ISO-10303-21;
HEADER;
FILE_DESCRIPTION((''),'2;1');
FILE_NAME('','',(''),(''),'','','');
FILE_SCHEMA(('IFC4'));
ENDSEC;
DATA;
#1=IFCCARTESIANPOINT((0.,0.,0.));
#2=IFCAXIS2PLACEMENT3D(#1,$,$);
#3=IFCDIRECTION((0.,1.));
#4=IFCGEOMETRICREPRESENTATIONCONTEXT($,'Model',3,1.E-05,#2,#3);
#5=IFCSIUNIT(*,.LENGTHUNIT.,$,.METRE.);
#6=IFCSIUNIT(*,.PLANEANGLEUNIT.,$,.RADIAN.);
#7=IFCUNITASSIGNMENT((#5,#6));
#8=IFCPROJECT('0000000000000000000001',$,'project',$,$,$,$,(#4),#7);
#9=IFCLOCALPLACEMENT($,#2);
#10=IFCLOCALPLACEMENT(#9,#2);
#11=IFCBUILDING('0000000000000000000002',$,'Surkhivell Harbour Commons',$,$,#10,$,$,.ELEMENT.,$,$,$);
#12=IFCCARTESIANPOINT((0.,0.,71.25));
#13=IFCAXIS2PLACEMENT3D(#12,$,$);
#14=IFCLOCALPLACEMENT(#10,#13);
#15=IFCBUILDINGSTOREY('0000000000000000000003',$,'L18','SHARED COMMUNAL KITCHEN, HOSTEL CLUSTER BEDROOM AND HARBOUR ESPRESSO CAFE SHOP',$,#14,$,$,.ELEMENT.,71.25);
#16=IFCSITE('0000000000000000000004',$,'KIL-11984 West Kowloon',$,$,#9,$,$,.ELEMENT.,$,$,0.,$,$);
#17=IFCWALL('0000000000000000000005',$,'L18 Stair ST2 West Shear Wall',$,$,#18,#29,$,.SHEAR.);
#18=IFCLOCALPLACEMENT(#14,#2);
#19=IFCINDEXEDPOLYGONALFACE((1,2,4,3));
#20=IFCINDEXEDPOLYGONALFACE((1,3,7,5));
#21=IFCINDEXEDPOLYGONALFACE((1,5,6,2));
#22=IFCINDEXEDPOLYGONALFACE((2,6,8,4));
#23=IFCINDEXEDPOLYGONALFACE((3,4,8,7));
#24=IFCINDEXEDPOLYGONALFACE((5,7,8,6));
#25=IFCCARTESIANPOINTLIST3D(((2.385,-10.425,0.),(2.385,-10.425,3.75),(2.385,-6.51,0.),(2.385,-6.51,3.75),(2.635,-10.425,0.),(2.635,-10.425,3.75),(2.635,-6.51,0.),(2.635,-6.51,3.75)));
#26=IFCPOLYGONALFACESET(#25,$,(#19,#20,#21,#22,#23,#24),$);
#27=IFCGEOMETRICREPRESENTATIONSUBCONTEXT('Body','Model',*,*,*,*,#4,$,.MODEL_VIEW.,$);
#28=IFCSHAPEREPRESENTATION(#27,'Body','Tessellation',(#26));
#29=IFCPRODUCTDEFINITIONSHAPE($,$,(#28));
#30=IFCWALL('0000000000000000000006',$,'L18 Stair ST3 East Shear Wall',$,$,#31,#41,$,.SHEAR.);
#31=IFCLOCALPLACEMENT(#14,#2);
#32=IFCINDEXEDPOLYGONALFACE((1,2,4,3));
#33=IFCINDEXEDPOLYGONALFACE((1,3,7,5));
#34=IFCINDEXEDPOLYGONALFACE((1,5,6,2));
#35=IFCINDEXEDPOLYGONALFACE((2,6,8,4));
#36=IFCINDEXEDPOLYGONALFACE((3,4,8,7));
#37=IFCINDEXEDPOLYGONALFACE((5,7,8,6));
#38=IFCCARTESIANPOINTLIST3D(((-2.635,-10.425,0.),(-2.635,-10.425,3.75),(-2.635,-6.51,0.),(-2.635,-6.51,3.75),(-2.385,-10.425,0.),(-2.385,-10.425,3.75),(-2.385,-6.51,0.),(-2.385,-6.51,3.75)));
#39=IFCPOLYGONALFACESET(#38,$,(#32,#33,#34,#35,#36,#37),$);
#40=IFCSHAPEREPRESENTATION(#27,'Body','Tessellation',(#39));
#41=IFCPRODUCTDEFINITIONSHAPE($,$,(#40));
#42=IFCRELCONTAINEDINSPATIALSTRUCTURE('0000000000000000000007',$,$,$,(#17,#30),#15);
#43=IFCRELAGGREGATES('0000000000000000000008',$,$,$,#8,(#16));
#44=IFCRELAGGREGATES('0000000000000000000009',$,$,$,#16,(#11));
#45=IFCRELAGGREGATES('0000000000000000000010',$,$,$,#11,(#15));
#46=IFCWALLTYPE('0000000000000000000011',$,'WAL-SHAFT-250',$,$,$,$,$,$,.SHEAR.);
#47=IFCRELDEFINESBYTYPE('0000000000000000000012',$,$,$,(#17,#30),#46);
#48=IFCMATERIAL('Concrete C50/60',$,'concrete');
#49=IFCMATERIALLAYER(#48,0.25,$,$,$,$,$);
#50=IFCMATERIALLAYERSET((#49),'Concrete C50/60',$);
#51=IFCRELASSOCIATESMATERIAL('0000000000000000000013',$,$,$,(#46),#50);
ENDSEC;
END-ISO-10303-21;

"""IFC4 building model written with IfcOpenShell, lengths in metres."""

from ifc_helpers import new_model, si_unit, direction, frame, frame_2d, origin, place, context, subcontext, project, spatial, rectangle, extrude, material, layer, layer_set, type_object, element, save


model = new_model("IFC4")

# Units and contexts
model_context = context("Model", 3, precision=1e-05, world=origin(), true_north=direction((0.0, 1.0)))
body_context = subcontext(model_context, "Body", "Model", "MODEL_VIEW")
ifc_project = project(units=[si_unit("LENGTHUNIT", "METRE"), si_unit("PLANEANGLEUNIT", "RADIAN")], contexts=[model_context])

# Site, building, storey
site_placement = place(None, origin())
site = spatial("IfcSite", under=ifc_project, at=site_placement, Name="KIL-11984 West Kowloon", CompositionType="ELEMENT", RefElevation=0.0)
building_placement = place(site_placement, origin())
building = spatial("IfcBuilding", under=site, at=building_placement, Name="Surkhivell Harbour Commons", CompositionType="ELEMENT")
storey_placement = place(building_placement, frame((0.0, 0.0, 71.25)))
storey = spatial("IfcBuildingStorey", under=building, at=storey_placement, Name="L18", Description="SHARED COMMUNAL KITCHEN, HOSTEL CLUSTER BEDROOM AND HARBOUR ESPRESSO CAFE SHOP", CompositionType="ELEMENT", Elevation=71.25)

# Shared definitions
ifc_material_1 = material(Name="Concrete C50/60", Category="concrete")
ifc_layer_1 = layer(ifc_material_1, 0.25)
ifc_layer_set_1 = layer_set([ifc_layer_1], Name="Concrete C50/60")
wall_type_1 = type_object("IfcWallType", Name="WAL-SHAFT-250", PredefinedType="SHEAR", material=ifc_layer_set_1)

# Walls
for number, where, z_axis, x_axis, name in (
    (1, (2.51, -10.425, 0.0), (0.0, 0.0, 1.0), (0.0, 1.0, 0.0), "L18 Stair ST2 West Shear Wall"),
    (2, (-2.51, -10.425, 0.0), (0.0, 0.0, 1.0), (0.0, 1.0, 0.0), "L18 Stair ST3 East Shear Wall"),
):
    element("IfcWall", number, at=place(storey_placement, frame(where, z_axis=z_axis, x_axis=x_axis)), inside=storey, type_object=wall_type_1, Name=name, PredefinedType="SHEAR", context=body_context, shape_type="SweptSolid", body=[
        extrude(rectangle(XDim=3.915, YDim=0.25, at=frame_2d((1.9575, 0.0))), origin(), (0.0, 0.0, 1.0), 3.75),
    ])

save(model, "model.ifc")
